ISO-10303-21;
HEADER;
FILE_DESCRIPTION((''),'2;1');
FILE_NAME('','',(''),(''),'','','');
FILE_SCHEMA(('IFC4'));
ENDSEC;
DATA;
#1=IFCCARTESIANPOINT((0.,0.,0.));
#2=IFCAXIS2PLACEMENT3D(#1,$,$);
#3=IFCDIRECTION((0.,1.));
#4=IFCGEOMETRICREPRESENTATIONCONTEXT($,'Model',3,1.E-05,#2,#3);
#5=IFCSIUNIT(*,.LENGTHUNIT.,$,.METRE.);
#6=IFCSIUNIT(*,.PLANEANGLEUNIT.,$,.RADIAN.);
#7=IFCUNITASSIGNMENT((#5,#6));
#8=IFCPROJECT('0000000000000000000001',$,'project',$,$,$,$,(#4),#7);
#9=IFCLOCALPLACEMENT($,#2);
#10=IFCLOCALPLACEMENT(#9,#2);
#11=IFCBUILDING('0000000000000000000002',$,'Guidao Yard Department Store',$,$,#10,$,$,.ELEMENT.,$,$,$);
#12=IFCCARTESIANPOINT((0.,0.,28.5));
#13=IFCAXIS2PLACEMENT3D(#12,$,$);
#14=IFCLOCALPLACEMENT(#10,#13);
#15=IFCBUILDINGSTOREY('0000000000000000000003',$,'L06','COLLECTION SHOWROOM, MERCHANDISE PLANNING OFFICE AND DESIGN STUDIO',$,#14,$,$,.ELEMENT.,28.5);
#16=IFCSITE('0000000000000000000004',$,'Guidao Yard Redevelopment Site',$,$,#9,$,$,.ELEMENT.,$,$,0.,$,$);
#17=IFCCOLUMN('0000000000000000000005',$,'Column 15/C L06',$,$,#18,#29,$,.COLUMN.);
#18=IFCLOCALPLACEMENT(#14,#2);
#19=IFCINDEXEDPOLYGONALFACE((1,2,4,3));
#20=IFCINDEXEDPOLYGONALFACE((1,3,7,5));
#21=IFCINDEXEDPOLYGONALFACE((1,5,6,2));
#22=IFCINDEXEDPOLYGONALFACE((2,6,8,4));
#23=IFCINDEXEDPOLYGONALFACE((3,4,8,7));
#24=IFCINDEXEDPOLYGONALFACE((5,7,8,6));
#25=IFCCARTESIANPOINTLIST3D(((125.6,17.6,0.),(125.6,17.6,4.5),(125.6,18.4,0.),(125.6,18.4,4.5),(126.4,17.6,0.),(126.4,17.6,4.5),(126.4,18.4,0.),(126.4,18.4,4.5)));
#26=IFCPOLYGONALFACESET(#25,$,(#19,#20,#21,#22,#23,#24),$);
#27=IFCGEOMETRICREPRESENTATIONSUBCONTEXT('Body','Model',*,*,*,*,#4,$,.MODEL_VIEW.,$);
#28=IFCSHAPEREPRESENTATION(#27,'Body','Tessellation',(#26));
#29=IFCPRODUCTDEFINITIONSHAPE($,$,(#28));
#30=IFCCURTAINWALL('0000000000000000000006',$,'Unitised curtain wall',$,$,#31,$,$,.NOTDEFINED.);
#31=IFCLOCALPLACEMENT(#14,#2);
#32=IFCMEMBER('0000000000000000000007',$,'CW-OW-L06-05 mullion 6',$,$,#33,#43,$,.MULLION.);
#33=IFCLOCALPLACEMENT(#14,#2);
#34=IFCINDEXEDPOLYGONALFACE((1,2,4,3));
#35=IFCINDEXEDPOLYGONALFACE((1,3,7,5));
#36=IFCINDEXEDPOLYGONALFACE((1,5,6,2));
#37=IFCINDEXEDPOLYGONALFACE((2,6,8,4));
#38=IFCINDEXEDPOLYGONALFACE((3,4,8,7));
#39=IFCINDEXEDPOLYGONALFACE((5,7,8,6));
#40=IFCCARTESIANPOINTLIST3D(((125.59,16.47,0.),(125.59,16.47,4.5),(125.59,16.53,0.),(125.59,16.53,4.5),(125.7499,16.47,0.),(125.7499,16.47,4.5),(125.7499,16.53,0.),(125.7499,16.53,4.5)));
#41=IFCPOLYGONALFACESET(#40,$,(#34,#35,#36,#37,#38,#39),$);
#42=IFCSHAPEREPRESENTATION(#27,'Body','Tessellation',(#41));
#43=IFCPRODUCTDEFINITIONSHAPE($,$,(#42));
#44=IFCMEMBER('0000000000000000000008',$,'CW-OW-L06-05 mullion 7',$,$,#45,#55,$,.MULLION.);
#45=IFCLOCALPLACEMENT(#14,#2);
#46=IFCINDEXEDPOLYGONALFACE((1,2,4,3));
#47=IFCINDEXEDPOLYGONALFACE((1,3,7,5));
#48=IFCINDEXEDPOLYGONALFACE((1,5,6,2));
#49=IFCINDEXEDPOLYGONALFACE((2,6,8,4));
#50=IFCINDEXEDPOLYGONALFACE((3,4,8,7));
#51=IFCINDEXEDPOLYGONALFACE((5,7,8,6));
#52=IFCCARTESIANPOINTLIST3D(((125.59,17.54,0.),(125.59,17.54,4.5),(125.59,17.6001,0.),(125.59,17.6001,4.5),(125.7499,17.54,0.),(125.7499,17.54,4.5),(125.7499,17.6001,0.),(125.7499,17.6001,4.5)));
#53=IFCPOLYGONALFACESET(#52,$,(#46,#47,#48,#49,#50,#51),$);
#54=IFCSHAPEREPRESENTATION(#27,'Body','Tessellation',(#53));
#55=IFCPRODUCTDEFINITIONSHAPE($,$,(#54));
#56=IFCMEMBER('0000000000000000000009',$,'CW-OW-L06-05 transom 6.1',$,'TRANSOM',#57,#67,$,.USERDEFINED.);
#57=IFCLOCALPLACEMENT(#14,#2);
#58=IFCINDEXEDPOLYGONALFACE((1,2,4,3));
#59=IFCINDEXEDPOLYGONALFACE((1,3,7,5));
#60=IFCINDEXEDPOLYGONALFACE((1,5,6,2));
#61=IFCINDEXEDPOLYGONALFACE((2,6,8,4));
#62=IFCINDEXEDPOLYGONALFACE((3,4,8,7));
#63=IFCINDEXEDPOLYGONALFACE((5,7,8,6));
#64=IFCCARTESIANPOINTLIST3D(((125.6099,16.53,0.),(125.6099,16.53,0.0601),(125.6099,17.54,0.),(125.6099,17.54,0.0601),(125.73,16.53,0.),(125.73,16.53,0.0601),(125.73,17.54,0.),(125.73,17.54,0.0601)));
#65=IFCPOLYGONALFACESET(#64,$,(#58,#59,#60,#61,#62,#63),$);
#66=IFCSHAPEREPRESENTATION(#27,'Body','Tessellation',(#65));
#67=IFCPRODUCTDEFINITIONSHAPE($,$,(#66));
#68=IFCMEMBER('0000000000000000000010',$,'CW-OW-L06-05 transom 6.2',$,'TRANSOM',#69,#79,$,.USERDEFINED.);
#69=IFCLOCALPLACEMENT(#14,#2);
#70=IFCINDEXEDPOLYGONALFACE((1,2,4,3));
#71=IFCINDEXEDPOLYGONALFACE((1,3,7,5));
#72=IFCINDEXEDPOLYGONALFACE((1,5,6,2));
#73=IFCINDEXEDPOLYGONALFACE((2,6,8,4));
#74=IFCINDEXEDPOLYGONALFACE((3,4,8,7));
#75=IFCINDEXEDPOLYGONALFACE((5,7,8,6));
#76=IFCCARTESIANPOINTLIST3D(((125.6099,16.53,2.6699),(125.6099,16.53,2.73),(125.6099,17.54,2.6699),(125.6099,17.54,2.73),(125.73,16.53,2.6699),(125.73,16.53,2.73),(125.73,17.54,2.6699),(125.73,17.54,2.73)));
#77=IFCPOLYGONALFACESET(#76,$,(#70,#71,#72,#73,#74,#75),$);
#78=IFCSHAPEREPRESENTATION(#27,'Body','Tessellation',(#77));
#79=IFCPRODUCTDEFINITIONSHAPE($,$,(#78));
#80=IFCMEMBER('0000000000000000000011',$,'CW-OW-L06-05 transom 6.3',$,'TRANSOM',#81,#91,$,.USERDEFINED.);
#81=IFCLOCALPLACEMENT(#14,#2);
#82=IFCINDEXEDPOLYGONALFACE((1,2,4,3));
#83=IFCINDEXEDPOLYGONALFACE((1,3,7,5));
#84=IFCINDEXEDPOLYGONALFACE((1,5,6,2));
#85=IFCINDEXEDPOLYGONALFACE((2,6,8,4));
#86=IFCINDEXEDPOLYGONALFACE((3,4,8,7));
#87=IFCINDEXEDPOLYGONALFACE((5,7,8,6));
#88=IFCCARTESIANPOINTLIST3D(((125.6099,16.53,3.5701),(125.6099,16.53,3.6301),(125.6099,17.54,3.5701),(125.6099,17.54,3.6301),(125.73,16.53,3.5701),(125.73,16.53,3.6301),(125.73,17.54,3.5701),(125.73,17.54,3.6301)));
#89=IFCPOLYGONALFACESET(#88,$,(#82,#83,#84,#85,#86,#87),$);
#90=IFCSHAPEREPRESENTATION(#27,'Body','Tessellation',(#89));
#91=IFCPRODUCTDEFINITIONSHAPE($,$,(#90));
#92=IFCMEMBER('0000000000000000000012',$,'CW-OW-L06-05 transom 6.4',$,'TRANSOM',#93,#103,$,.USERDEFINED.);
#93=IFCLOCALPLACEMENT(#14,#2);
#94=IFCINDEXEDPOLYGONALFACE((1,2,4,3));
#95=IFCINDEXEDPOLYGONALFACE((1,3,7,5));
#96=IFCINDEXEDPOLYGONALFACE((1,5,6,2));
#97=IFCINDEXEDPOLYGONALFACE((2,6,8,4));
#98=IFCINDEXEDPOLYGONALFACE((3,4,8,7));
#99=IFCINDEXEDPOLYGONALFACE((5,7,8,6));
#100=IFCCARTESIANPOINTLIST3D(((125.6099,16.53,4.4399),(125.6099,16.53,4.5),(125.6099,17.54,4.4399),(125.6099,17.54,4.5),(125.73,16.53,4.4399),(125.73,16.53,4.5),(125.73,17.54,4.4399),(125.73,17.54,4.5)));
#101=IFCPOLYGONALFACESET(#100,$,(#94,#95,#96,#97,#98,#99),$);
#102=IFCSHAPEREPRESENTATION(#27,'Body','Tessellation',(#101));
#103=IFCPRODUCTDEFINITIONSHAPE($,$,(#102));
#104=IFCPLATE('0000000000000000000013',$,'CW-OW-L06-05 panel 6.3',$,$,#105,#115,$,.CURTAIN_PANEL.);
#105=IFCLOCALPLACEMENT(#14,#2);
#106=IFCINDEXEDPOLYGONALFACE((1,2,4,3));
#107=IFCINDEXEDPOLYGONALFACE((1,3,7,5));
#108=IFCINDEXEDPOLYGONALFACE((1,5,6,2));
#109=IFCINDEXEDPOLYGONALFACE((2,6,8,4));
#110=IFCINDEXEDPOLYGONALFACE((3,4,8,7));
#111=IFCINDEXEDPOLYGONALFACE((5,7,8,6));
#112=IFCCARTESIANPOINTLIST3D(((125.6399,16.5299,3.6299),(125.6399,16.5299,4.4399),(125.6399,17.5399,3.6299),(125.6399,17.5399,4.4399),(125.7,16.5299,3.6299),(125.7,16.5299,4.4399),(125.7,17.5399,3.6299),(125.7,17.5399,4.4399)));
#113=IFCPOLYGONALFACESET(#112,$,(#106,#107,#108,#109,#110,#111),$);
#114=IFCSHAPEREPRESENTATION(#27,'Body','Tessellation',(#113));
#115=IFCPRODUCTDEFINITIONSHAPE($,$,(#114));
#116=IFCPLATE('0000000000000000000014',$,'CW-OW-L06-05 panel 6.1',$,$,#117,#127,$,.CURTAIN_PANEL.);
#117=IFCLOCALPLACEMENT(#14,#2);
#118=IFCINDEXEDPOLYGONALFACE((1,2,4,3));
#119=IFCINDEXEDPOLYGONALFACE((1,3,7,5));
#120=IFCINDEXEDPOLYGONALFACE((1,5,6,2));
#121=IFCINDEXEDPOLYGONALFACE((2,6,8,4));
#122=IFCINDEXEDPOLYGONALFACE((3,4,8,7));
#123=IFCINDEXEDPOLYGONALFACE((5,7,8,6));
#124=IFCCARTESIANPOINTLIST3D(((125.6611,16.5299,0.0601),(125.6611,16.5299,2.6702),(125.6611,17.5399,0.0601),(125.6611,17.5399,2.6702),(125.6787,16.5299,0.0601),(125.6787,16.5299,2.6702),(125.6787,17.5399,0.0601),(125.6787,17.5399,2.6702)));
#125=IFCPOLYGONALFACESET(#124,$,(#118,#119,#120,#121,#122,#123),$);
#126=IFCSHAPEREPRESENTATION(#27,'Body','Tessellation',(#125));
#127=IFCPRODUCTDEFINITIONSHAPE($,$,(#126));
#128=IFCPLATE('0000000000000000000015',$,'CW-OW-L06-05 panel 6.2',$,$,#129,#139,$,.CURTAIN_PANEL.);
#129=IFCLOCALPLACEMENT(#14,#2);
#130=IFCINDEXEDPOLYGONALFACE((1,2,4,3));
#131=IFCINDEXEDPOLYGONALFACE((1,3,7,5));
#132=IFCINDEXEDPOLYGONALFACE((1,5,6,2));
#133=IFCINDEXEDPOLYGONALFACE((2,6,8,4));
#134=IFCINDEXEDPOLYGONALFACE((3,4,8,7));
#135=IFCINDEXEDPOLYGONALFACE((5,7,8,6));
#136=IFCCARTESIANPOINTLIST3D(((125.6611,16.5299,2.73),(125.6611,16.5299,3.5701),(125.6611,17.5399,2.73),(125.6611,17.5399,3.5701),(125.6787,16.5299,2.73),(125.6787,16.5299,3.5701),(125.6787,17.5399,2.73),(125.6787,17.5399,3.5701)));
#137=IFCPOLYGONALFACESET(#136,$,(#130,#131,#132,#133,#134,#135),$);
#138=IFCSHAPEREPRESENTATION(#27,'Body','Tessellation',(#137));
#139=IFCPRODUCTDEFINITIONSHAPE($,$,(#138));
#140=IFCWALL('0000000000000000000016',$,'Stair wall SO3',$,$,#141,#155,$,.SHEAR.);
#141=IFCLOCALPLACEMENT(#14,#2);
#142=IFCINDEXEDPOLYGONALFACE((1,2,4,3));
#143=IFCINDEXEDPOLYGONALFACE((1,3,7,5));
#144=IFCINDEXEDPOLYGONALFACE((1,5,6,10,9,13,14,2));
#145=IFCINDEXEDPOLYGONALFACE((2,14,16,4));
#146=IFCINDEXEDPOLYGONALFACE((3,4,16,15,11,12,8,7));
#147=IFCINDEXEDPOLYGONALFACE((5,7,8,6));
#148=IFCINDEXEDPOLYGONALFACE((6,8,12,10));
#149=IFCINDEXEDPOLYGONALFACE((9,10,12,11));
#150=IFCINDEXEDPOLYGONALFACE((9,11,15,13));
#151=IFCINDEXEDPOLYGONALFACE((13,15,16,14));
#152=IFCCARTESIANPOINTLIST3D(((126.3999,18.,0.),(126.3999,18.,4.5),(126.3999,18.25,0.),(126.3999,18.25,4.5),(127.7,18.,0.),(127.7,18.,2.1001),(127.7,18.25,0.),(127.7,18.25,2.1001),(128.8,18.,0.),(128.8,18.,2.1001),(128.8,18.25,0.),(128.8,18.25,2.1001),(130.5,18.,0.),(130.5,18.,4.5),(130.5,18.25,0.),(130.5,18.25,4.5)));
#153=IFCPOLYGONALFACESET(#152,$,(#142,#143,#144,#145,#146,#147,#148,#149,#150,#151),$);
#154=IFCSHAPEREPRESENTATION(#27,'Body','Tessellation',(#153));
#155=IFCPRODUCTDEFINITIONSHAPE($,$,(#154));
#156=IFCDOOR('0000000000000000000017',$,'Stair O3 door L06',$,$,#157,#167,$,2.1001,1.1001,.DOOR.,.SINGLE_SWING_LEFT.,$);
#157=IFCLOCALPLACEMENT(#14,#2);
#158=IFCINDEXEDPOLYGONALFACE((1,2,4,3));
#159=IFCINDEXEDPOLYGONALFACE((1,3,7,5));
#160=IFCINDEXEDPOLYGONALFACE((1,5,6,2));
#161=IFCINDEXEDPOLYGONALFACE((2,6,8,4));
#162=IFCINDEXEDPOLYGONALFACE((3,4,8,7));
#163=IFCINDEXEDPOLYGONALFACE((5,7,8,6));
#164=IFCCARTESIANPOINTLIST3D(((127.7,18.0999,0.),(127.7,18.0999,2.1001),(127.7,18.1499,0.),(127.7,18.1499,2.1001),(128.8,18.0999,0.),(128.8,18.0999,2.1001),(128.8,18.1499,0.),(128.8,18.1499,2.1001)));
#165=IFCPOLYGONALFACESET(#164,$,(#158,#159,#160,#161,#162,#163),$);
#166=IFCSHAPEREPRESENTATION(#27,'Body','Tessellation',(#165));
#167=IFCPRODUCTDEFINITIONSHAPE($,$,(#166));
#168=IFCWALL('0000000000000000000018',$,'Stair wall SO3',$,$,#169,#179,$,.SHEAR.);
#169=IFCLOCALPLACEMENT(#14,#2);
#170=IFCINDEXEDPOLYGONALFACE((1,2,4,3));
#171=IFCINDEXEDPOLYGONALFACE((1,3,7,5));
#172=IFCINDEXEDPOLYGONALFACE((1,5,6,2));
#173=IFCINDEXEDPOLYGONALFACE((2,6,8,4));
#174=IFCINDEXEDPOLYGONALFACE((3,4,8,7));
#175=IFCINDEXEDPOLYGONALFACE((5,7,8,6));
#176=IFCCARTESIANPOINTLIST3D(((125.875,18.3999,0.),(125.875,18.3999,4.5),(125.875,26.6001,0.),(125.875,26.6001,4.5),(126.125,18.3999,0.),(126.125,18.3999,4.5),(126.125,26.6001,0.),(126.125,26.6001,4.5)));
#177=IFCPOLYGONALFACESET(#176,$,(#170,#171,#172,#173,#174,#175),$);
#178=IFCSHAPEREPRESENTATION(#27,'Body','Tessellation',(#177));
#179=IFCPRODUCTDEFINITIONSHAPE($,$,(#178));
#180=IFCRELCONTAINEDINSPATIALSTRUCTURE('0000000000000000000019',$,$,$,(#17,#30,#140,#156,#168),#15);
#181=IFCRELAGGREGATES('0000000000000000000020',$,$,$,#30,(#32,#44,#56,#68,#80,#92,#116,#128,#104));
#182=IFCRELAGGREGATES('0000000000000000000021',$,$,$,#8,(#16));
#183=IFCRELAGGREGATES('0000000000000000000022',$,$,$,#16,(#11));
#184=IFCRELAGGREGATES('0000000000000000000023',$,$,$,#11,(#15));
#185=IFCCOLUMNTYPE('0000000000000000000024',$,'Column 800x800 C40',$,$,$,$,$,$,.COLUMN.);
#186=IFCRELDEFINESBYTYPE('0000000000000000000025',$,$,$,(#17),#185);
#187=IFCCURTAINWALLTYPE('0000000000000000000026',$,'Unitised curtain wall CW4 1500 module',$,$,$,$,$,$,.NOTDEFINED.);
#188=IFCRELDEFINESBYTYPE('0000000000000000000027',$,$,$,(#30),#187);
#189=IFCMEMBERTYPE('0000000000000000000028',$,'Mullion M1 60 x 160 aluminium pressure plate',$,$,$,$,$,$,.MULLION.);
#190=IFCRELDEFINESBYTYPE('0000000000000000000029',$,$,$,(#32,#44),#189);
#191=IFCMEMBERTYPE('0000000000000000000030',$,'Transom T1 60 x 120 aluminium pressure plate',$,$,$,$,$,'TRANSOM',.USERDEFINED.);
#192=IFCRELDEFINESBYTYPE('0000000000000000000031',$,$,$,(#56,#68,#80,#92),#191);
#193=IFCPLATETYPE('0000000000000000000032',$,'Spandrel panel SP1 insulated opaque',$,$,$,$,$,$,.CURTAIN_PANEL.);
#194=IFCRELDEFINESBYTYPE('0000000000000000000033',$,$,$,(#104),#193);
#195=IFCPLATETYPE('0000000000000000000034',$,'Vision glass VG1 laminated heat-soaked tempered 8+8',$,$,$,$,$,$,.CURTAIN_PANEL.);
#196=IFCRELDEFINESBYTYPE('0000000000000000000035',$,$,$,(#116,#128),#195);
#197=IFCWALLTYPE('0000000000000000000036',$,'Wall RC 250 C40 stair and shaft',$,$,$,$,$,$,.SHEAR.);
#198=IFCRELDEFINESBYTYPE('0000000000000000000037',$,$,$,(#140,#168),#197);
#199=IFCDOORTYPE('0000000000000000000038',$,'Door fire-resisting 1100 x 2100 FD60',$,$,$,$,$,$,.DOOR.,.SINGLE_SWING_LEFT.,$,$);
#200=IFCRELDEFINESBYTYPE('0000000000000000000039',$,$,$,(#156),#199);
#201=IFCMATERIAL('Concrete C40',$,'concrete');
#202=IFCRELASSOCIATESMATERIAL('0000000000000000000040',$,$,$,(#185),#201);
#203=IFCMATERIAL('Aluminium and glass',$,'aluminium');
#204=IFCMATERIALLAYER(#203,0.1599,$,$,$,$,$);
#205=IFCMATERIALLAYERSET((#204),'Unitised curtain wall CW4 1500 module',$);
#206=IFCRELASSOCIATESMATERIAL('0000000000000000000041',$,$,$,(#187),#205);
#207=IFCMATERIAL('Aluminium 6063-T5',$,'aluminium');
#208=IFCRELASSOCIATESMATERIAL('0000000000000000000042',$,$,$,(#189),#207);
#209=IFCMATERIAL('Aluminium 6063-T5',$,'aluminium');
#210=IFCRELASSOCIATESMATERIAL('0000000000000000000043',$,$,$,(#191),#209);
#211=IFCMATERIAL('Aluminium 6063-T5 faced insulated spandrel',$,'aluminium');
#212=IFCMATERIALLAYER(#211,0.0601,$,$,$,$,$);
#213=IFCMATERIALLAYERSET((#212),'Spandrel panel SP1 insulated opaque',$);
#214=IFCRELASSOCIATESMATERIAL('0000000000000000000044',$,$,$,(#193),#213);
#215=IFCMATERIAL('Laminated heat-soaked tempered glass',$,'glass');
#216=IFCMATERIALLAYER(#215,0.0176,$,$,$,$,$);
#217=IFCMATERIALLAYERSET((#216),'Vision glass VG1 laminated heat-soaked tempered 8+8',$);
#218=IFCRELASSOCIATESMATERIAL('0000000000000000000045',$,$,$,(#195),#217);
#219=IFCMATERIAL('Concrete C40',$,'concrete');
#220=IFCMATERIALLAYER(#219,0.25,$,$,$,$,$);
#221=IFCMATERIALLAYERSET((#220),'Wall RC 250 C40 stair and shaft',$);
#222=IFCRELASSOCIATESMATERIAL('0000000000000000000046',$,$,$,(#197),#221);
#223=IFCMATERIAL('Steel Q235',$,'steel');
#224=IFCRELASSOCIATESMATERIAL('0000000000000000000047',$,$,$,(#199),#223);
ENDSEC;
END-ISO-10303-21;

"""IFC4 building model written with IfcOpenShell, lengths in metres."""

from ifc_helpers import new_model, si_unit, direction, frame, frame_2d, origin, origin_2d, place, context, subcontext, project, spatial, rectangle, extrude, material, layer, layer_set, material_profile, profile_set, type_object, element, fill, aggregate, save


model = new_model("IFC4")

# Units and contexts
model_context = context("Model", 3, precision=1e-05, world=origin(), true_north=direction((0.0, 1.0)))
body_context = subcontext(model_context, "Body", "Model", "MODEL_VIEW")
ifc_project = project(units=[si_unit("LENGTHUNIT", "METRE"), si_unit("PLANEANGLEUNIT", "RADIAN")], contexts=[model_context])

# Site, building, storey
site_placement = place(None, origin())
site = spatial("IfcSite", under=ifc_project, at=site_placement, Name="Guidao Yard Redevelopment Site", CompositionType="ELEMENT", RefElevation=0.0)
building_placement = place(site_placement, origin())
building = spatial("IfcBuilding", under=site, at=building_placement, Name="Guidao Yard Department Store", CompositionType="ELEMENT")
storey_placement = place(building_placement, frame((0.0, 0.0, 28.5)))
storey = spatial("IfcBuildingStorey", under=building, at=storey_placement, Name="L06", Description="COLLECTION SHOWROOM, MERCHANDISE PLANNING OFFICE AND DESIGN STUDIO", CompositionType="ELEMENT", Elevation=28.5)

# Column
ifc_material_1 = material(Name="Concrete C40", Category="concrete")
ifc_material_profile_1 = material_profile(ifc_material_1, rectangle(XDim=0.8, YDim=0.8, at=origin_2d()), Name="COL 800x800")
ifc_profile_set_1 = profile_set([ifc_material_profile_1], Name="Concrete C40")
column_type = type_object("IfcColumnType", Name="Column 800x800 C40", PredefinedType="COLUMN", material=ifc_profile_set_1)
column_placement = place(storey_placement, frame((126.0, 18.0, 0.0), z_axis=(0.0, 0.0, 1.0), x_axis=(1.0, 0.0, 0.0)))
element("IfcColumn", 1, at=column_placement, inside=storey, type_object=column_type, Name="Column 15/C L06", PredefinedType="COLUMN", context=body_context, shape_type="SweptSolid", body=[
    extrude(rectangle(XDim=0.8, YDim=0.8, at=origin_2d()), origin(), (0.0, 0.0, 1.0), 4.5),
])

# Curtain wall, members, plates
ifc_material_2 = material(Name="Aluminium and glass", Category="aluminium")
ifc_layer_1 = layer(ifc_material_2, 0.1599)
ifc_layer_set_1 = layer_set([ifc_layer_1], Name="Unitised curtain wall CW4 1500 module")
curtain_wall_type = type_object("IfcCurtainWallType", Name="Unitised curtain wall CW4 1500 module", PredefinedType="NOTDEFINED", material=ifc_layer_set_1)
curtain_wall_placement = place(storey_placement, origin())
curtain_wall = element("IfcCurtainWall", 2, at=curtain_wall_placement, inside=storey, type_object=curtain_wall_type, Name="Unitised curtain wall", PredefinedType="NOTDEFINED")
ifc_material_3 = material(Name="Aluminium 6063-T5", Category="aluminium")
ifc_material_profile_2 = material_profile(ifc_material_3, rectangle(XDim=0.0601, YDim=0.1599, at=origin_2d()), Name="Mullion M1 60 x 160 aluminium pressure plate")
ifc_profile_set_2 = profile_set([ifc_material_profile_2], Name="Aluminium 6063-T5")
member_type_1 = type_object("IfcMemberType", Name="Mullion M1 60 x 160 aluminium pressure plate", PredefinedType="MULLION", material=ifc_profile_set_2)
member_1_placement = place(storey_placement, frame((125.6699, 16.5, 0.0), z_axis=(0.0, 0.0, 1.0), x_axis=(0.0, 1.0, 0.0)))
member_1 = element("IfcMember", 3, at=member_1_placement, type_object=member_type_1, Name="CW-OW-L06-05 mullion 6", PredefinedType="MULLION", context=body_context, shape_type="SweptSolid", body=[
    extrude(rectangle(XDim=0.0601, YDim=0.1599, at=origin_2d()), origin(), (0.0, 0.0, 1.0), 4.5),
])
member_2_placement = place(storey_placement, frame((125.6699, 17.5701, 0.0), z_axis=(0.0, 0.0, 1.0), x_axis=(0.0, 1.0, 0.0)))
member_2 = element("IfcMember", 4, at=member_2_placement, type_object=member_type_1, Name="CW-OW-L06-05 mullion 7", PredefinedType="MULLION", context=body_context, shape_type="SweptSolid", body=[
    extrude(rectangle(XDim=0.0601, YDim=0.1599, at=origin_2d()), origin(), (0.0, 0.0, 1.0), 4.5),
])
ifc_material_4 = material(Name="Aluminium 6063-T5", Category="aluminium")
ifc_material_profile_3 = material_profile(ifc_material_4, rectangle(XDim=0.1201, YDim=0.0601, at=origin_2d()), Name="Transom T1 60 x 120 aluminium pressure plate")
ifc_profile_set_3 = profile_set([ifc_material_profile_3], Name="Aluminium 6063-T5")
member_type_2 = type_object("IfcMemberType", Name="Transom T1 60 x 120 aluminium pressure plate", ElementType="TRANSOM", PredefinedType="USERDEFINED", material=ifc_profile_set_3)
member_3_placement = place(storey_placement, frame((125.6699, 16.53, 0.03), z_axis=(0.0, 1.0, 0.0), x_axis=(-1.0, 0.0, 0.0)))
member_3 = element("IfcMember", 5, at=member_3_placement, type_object=member_type_2, Name="CW-OW-L06-05 transom 6.1", ObjectType="TRANSOM", PredefinedType="USERDEFINED", context=body_context, shape_type="SweptSolid", body=[
    extrude(rectangle(XDim=0.1201, YDim=0.0601, at=origin_2d()), origin(), (0.0, 0.0, 1.0), 1.01),
])
member_4_placement = place(storey_placement, frame((125.6699, 16.53, 2.7), z_axis=(0.0, 1.0, 0.0), x_axis=(-1.0, 0.0, 0.0)))
member_4 = element("IfcMember", 6, at=member_4_placement, type_object=member_type_2, Name="CW-OW-L06-05 transom 6.2", ObjectType="TRANSOM", PredefinedType="USERDEFINED", context=body_context, shape_type="SweptSolid", body=[
    extrude(rectangle(XDim=0.1201, YDim=0.0601, at=origin_2d()), origin(), (0.0, 0.0, 1.0), 1.01),
])
member_5_placement = place(storey_placement, frame((125.6699, 16.53, 3.6001), z_axis=(0.0, 1.0, 0.0), x_axis=(-1.0, 0.0, 0.0)))
member_5 = element("IfcMember", 7, at=member_5_placement, type_object=member_type_2, Name="CW-OW-L06-05 transom 6.3", ObjectType="TRANSOM", PredefinedType="USERDEFINED", context=body_context, shape_type="SweptSolid", body=[
    extrude(rectangle(XDim=0.1201, YDim=0.0601, at=origin_2d()), origin(), (0.0, 0.0, 1.0), 1.01),
])
member_6_placement = place(storey_placement, frame((125.6699, 16.53, 4.47), z_axis=(0.0, 1.0, 0.0), x_axis=(-1.0, 0.0, 0.0)))
member_6 = element("IfcMember", 8, at=member_6_placement, type_object=member_type_2, Name="CW-OW-L06-05 transom 6.4", ObjectType="TRANSOM", PredefinedType="USERDEFINED", context=body_context, shape_type="SweptSolid", body=[
    extrude(rectangle(XDim=0.1201, YDim=0.0601, at=origin_2d()), origin(), (0.0, 0.0, 1.0), 1.01),
])
ifc_material_5 = material(Name="Aluminium 6063-T5 faced insulated spandrel", Category="aluminium")
ifc_layer_2 = layer(ifc_material_5, 0.0601)
ifc_layer_set_2 = layer_set([ifc_layer_2], Name="Spandrel panel SP1 insulated opaque")
plate_type_1 = type_object("IfcPlateType", Name="Spandrel panel SP1 insulated opaque", PredefinedType="CURTAIN_PANEL", material=ifc_layer_set_2)
plate_1_placement = place(storey_placement, frame((125.6699, 17.0349, 3.6299), z_axis=(0.0, 0.0, 1.0), x_axis=(0.0, 1.0, 0.0)))
plate_1 = element("IfcPlate", 9, at=plate_1_placement, type_object=plate_type_1, Name="CW-OW-L06-05 panel 6.3", PredefinedType="CURTAIN_PANEL", context=body_context, shape_type="SweptSolid", body=[
    extrude(rectangle(XDim=1.01, YDim=0.0601, at=origin_2d()), origin(), (0.0, 0.0, 1.0), 0.8101),
])
ifc_material_6 = material(Name="Laminated heat-soaked tempered glass", Category="glass")
ifc_layer_3 = layer(ifc_material_6, 0.0176)
ifc_layer_set_3 = layer_set([ifc_layer_3], Name="Vision glass VG1 laminated heat-soaked tempered 8+8")
plate_type_2 = type_object("IfcPlateType", Name="Vision glass VG1 laminated heat-soaked tempered 8+8", PredefinedType="CURTAIN_PANEL", material=ifc_layer_set_3)
plate_2_placement = place(storey_placement, frame((125.6699, 17.0349, 0.0601), z_axis=(0.0, 0.0, 1.0), x_axis=(0.0, 1.0, 0.0)))
plate_2 = element("IfcPlate", 10, at=plate_2_placement, type_object=plate_type_2, Name="CW-OW-L06-05 panel 6.1", PredefinedType="CURTAIN_PANEL", context=body_context, shape_type="SweptSolid", body=[
    extrude(rectangle(XDim=1.01, YDim=0.0176, at=origin_2d()), origin(), (0.0, 0.0, 1.0), 2.6101),
])
plate_3_placement = place(storey_placement, frame((125.6699, 17.0349, 2.73), z_axis=(0.0, 0.0, 1.0), x_axis=(0.0, 1.0, 0.0)))
plate_3 = element("IfcPlate", 11, at=plate_3_placement, type_object=plate_type_2, Name="CW-OW-L06-05 panel 6.2", PredefinedType="CURTAIN_PANEL", context=body_context, shape_type="SweptSolid", body=[
    extrude(rectangle(XDim=1.01, YDim=0.0176, at=origin_2d()), origin(), (0.0, 0.0, 1.0), 0.8401),
])
aggregate(curtain_wall, [member_1, member_2, member_3, member_4, member_5, member_6, plate_2, plate_3, plate_1])

# Wall, opening, door
ifc_material_7 = material(Name="Concrete C40", Category="concrete")
ifc_layer_4 = layer(ifc_material_7, 0.25)
ifc_layer_set_4 = layer_set([ifc_layer_4], Name="Wall RC 250 C40 stair and shaft")
wall_type = type_object("IfcWallType", Name="Wall RC 250 C40 stair and shaft", PredefinedType="SHEAR", material=ifc_layer_set_4)
wall_1_placement = place(storey_placement, frame((126.3999, 18.125, 0.0), z_axis=(0.0, 0.0, 1.0), x_axis=(1.0, 0.0, 0.0)))
wall_1 = element("IfcWall", 12, at=wall_1_placement, inside=storey, type_object=wall_type, Name="Stair wall SO3", PredefinedType="SHEAR", context=body_context, shape_type="SweptSolid", body=[
    extrude(rectangle(XDim=4.1001, YDim=0.25, at=frame_2d((2.05, 0.0))), origin(), (0.0, 0.0, 1.0), 4.5),
])
opening_placement = place(wall_1_placement, frame((1.3, 0.0, 0.0)))
opening = element("IfcOpeningElement", 13, at=opening_placement, cuts=wall_1, PredefinedType="OPENING", context=body_context, shape_type="SweptSolid", body=[
    extrude(rectangle(XDim=1.1001, YDim=2.1001, at=frame_2d((0.55, 1.05))), frame((0.0, 0.135, 0.0), z_axis=(0.0, -1.0, 0.0), x_axis=(1.0, 0.0, 0.0)), (0.0, 0.0, 1.0), 0.27),
])
ifc_material_8 = material(Name="Steel Q235", Category="steel")
door_type = type_object("IfcDoorType", Name="Door fire-resisting 1100 x 2100 FD60", OperationType="SINGLE_SWING_LEFT", PredefinedType="DOOR", material=ifc_material_8)
door_placement = place(opening_placement, origin())
door = element("IfcDoor", 14, at=door_placement, inside=storey, type_object=door_type, Name="Stair O3 door L06", OperationType="SINGLE_SWING_LEFT", OverallHeight=2.1001, OverallWidth=1.1001, PredefinedType="DOOR", context=body_context, shape_type="SweptSolid", body=[
    extrude(rectangle(XDim=1.1001, YDim=2.1001, at=frame_2d((0.55, 1.05))), frame((0.0, 0.0249, 0.0), z_axis=(0.0, -1.0, 0.0), x_axis=(1.0, 0.0, 0.0)), (0.0, 0.0, 1.0), 0.05),
])
fill(opening, door)

# Wall
wall_2_placement = place(storey_placement, frame((126.0, 18.3999, 0.0), z_axis=(0.0, 0.0, 1.0), x_axis=(0.0, 1.0, 0.0)))
element("IfcWall", 15, at=wall_2_placement, inside=storey, type_object=wall_type, Name="Stair wall SO3", PredefinedType="SHEAR", context=body_context, shape_type="SweptSolid", body=[
    extrude(rectangle(XDim=8.2002, YDim=0.25, at=frame_2d((4.1001, 0.0))), origin(), (0.0, 0.0, 1.0), 4.5),
])

save(model, "model.ifc")
